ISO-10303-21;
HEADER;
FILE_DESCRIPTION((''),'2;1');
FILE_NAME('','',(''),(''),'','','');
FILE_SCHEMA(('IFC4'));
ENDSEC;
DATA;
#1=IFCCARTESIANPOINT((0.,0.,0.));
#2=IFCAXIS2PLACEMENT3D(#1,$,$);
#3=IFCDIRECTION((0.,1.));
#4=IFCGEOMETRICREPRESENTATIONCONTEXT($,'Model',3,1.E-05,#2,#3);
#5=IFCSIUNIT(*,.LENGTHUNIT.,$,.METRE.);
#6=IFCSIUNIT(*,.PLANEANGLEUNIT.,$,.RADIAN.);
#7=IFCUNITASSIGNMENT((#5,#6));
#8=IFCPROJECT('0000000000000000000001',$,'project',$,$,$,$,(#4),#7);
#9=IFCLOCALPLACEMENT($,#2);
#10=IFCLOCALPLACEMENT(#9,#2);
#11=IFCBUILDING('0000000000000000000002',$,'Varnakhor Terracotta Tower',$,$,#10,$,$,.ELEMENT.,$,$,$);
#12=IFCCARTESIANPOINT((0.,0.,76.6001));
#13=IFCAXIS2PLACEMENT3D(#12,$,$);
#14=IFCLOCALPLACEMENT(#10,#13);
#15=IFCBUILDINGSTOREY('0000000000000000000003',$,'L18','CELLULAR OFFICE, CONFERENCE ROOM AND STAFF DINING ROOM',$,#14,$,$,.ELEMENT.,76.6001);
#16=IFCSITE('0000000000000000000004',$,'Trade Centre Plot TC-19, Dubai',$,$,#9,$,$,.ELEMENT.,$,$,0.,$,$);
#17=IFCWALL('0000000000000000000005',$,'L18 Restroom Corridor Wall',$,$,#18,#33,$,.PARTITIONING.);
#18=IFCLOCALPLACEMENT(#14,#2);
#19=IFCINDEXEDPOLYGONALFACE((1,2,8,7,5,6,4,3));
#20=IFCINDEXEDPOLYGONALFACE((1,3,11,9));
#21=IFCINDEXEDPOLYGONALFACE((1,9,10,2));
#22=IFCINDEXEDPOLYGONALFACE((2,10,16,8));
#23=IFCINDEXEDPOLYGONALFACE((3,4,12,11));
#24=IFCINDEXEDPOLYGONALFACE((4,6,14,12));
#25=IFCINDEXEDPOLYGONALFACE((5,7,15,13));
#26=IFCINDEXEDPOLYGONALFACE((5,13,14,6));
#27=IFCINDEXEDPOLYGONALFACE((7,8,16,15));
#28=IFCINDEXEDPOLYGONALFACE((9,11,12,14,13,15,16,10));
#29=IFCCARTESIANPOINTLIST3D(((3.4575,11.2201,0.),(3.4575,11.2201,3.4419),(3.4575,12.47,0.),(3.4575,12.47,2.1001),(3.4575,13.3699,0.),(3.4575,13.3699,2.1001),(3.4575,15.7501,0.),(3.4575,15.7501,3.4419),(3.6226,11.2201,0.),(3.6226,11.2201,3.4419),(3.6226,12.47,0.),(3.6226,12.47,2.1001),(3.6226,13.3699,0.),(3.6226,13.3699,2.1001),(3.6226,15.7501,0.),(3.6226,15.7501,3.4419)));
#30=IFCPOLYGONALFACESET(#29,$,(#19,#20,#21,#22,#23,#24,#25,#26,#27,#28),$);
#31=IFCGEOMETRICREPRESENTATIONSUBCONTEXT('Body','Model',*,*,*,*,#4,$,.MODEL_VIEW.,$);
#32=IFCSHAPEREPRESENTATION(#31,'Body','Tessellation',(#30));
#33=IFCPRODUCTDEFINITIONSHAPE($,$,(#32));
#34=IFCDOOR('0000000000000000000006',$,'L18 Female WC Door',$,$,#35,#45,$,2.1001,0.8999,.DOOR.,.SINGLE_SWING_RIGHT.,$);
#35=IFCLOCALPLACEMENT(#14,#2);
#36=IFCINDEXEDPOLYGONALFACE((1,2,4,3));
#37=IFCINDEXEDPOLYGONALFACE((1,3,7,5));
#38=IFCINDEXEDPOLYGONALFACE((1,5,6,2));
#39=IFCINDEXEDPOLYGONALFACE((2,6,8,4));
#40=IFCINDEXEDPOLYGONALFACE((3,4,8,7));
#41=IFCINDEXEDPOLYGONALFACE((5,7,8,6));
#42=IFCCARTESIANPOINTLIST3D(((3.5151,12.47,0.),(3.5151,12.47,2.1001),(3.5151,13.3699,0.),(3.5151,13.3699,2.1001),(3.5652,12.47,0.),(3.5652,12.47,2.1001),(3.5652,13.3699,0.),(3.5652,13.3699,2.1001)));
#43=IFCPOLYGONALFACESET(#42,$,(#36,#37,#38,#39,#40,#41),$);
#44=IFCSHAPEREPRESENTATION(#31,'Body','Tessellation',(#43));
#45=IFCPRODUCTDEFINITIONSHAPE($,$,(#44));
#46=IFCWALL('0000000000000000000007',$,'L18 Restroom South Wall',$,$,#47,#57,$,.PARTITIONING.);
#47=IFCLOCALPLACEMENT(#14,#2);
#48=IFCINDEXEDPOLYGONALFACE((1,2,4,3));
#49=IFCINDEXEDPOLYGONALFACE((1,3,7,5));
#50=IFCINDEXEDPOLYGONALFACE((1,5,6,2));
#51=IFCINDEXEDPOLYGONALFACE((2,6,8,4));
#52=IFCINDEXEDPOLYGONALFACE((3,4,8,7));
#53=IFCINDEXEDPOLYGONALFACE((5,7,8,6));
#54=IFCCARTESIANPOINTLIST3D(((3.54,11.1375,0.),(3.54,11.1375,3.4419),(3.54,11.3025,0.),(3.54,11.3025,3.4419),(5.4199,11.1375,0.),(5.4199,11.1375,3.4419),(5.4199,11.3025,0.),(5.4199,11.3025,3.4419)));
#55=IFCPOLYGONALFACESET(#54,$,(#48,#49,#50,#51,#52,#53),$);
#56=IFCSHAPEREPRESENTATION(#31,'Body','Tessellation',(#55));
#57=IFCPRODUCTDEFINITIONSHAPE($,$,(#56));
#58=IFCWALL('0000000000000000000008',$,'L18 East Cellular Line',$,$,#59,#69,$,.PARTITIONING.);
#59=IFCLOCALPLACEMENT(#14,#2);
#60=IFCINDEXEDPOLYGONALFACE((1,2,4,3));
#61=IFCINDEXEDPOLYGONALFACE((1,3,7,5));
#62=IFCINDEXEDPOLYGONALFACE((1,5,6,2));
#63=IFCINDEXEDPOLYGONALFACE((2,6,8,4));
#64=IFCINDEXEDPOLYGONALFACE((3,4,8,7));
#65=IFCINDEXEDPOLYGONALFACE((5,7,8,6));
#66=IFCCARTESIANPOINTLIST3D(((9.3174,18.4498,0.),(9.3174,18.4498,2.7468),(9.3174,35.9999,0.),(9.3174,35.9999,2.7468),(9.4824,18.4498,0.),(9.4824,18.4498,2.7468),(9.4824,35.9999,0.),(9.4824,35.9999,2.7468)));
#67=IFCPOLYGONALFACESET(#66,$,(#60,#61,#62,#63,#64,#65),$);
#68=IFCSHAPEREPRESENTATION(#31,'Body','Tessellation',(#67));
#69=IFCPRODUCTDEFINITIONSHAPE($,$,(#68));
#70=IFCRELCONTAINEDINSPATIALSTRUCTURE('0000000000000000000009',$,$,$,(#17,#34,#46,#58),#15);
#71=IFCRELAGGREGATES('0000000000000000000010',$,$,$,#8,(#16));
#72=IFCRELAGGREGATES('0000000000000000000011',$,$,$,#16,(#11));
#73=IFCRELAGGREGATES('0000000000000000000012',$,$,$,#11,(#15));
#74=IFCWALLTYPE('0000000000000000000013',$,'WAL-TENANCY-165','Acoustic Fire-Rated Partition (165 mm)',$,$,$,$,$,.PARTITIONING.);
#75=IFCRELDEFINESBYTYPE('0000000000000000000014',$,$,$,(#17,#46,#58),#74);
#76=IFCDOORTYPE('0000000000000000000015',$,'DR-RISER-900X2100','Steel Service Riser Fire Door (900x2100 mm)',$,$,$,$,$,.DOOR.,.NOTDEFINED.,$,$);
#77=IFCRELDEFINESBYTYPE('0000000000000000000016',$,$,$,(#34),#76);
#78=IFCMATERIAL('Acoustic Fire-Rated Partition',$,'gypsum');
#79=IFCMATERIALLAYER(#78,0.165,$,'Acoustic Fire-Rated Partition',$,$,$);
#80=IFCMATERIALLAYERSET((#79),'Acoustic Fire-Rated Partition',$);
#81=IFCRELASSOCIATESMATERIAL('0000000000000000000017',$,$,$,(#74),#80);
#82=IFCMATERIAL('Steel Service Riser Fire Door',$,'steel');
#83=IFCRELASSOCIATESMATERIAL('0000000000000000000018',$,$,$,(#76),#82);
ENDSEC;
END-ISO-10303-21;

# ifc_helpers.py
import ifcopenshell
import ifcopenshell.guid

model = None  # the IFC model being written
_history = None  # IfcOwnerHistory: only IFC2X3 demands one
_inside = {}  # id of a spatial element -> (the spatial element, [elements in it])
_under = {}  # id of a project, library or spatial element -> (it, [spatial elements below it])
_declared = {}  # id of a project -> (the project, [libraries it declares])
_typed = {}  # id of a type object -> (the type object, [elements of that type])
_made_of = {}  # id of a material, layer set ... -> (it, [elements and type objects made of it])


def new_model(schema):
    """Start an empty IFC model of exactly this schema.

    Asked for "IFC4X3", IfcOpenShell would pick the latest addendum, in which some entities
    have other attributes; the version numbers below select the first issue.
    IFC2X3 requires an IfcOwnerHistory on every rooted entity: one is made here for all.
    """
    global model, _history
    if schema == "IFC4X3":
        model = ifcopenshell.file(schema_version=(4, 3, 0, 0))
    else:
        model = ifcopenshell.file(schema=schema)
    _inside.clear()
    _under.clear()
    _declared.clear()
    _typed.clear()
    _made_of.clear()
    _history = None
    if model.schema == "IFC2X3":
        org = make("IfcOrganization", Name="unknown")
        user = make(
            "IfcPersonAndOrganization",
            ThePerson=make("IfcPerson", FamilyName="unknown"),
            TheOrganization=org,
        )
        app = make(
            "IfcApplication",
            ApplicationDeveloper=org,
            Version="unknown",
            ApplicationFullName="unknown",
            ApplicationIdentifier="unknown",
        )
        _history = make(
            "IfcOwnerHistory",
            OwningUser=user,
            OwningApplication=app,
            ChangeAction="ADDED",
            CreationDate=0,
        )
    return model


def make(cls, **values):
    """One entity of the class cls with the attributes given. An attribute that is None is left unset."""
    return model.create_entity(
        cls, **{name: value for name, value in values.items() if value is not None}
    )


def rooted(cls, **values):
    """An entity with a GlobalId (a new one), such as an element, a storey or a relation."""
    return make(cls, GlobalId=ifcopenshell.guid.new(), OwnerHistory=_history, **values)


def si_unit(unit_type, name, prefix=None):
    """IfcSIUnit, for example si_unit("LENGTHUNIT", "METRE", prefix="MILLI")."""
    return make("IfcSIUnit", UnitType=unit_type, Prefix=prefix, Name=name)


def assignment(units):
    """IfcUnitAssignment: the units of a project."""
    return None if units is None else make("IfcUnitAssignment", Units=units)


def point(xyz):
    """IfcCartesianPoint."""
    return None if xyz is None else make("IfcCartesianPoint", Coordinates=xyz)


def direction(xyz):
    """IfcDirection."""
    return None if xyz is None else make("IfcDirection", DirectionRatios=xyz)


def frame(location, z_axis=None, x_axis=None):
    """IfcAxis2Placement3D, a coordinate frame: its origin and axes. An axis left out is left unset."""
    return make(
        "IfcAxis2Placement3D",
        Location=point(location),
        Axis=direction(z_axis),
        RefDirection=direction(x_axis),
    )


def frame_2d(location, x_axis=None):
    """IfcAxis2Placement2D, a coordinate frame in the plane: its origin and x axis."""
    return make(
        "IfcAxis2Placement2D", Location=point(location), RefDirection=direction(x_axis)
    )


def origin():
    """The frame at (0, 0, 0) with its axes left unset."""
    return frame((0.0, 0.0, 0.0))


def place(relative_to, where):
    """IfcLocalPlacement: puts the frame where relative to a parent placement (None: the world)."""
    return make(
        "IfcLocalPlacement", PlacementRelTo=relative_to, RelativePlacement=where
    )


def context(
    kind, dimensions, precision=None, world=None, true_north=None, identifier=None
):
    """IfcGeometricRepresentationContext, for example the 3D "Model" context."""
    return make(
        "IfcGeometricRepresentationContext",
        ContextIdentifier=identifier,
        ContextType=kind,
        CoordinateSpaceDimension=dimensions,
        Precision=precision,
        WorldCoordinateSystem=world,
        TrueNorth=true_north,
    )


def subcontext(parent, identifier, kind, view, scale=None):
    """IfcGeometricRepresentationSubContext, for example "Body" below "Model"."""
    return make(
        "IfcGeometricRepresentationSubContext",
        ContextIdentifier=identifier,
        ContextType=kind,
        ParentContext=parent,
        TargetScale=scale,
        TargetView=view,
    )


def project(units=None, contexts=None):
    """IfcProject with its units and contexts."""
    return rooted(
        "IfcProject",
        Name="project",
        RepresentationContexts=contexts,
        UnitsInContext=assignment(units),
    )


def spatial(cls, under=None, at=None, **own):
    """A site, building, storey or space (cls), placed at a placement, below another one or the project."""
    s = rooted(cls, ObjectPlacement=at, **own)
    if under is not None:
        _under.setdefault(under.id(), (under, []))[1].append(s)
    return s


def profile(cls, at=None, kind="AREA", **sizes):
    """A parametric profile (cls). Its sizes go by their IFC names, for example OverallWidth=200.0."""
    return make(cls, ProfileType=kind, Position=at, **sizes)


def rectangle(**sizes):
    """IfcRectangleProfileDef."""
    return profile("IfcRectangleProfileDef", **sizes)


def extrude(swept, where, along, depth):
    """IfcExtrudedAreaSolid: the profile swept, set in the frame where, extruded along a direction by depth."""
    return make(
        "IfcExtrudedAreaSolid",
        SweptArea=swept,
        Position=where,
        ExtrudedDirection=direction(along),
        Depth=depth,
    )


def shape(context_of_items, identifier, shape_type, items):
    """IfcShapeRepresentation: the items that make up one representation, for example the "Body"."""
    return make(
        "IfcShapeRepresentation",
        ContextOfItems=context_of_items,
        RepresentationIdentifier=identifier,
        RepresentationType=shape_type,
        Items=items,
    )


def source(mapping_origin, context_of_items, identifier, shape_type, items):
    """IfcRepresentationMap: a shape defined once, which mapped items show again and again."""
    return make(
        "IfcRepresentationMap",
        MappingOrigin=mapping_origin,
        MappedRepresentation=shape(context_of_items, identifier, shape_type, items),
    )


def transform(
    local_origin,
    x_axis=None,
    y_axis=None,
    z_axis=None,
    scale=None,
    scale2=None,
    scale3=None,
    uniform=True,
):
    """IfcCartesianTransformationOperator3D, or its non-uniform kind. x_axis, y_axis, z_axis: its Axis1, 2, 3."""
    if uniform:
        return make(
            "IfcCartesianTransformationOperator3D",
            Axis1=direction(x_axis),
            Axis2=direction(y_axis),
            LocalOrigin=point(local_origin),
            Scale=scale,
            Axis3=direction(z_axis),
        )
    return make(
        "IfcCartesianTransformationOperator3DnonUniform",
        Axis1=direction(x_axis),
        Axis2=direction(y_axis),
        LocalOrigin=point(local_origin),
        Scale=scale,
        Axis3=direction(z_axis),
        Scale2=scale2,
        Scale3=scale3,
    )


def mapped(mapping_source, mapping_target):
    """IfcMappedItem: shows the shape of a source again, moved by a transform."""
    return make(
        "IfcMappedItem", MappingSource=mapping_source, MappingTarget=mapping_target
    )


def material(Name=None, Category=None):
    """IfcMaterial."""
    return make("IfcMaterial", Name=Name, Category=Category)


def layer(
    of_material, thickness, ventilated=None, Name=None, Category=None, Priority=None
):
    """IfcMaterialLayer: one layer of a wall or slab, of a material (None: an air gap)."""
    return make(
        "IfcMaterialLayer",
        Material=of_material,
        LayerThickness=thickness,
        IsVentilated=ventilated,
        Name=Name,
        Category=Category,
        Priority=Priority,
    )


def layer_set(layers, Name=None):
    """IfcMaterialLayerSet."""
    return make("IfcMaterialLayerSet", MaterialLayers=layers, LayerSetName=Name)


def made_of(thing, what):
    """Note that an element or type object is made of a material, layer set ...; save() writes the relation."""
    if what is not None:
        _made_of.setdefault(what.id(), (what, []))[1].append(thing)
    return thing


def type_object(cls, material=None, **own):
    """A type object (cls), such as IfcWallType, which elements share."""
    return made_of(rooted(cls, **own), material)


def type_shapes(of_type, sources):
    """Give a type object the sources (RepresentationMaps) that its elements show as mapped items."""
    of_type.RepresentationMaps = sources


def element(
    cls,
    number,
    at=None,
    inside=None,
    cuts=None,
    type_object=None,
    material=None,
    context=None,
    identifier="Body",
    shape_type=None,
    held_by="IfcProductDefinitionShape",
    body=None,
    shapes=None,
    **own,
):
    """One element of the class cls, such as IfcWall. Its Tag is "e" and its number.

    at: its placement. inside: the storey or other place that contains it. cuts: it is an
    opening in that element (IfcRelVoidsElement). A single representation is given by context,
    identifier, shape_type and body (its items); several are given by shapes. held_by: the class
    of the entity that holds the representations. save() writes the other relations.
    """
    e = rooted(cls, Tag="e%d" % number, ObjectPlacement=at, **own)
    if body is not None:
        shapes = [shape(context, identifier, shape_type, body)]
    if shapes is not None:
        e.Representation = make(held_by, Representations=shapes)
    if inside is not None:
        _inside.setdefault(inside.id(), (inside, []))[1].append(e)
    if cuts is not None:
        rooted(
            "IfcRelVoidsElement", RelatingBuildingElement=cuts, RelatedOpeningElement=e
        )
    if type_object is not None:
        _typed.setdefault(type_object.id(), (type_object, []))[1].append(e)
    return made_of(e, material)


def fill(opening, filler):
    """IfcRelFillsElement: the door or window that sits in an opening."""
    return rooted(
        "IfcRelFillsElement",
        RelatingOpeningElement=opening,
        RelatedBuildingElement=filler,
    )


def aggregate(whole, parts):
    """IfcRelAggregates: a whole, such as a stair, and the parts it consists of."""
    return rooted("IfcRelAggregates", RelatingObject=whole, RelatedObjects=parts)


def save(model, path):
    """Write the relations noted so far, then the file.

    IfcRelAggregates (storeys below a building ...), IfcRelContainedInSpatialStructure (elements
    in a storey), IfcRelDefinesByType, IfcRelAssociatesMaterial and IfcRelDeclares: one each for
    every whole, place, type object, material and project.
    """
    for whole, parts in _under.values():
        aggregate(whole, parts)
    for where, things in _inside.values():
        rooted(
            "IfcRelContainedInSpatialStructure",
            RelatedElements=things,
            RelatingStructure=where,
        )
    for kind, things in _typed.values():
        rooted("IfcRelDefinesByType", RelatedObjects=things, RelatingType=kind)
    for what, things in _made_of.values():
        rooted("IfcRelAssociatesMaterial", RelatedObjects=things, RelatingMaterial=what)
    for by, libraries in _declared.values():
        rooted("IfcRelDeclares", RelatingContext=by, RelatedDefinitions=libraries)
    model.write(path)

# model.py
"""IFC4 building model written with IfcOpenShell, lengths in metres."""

from ifc_helpers import new_model, si_unit, direction, frame, frame_2d, origin, place, context, subcontext, project, spatial, rectangle, extrude, source, transform, mapped, material, layer, layer_set, type_object, type_shapes, element, fill, save


model = new_model("IFC4")

# Units and contexts
model_context = context("Model", 3, precision=1e-05, world=origin(), true_north=direction((0.0, 1.0)))
body_context = subcontext(model_context, "Body", "Model", "MODEL_VIEW")
ifc_project = project(units=[si_unit("LENGTHUNIT", "METRE"), si_unit("PLANEANGLEUNIT", "RADIAN")], contexts=[model_context])

# Site, building, storey
site_placement = place(None, origin())
site = spatial("IfcSite", under=ifc_project, at=site_placement, Name="Trade Centre Plot TC-19, Dubai", CompositionType="ELEMENT", RefElevation=0.0)
building_placement = place(site_placement, origin())
building = spatial("IfcBuilding", under=site, at=building_placement, Name="Varnakhor Terracotta Tower", CompositionType="ELEMENT")
storey_placement = place(building_placement, frame((0.0, 0.0, 76.6001)))
storey = spatial("IfcBuildingStorey", under=building, at=storey_placement, Name="L18", Description="CELLULAR OFFICE, CONFERENCE ROOM AND STAFF DINING ROOM", CompositionType="ELEMENT", Elevation=76.6001)

# Wall, opening, door
ifc_material_1 = material(Name="Acoustic Fire-Rated Partition", Category="gypsum")
ifc_layer_1 = layer(ifc_material_1, 0.165, Name="Acoustic Fire-Rated Partition")
ifc_layer_set_1 = layer_set([ifc_layer_1], Name="Acoustic Fire-Rated Partition")
wall_type_1 = type_object("IfcWallType", Name="WAL-TENANCY-165", Description="Acoustic Fire-Rated Partition (165 mm)", PredefinedType="PARTITIONING", material=ifc_layer_set_1)
ifc_material_2 = material(Name="Steel Service Riser Fire Door", Category="steel")
door_type_1 = type_object("IfcDoorType", Name="DR-RISER-900X2100", Description="Steel Service Riser Fire Door (900x2100 mm)", OperationType="NOTDEFINED", PredefinedType="DOOR", material=ifc_material_2)
shared_shape_1 = source(origin(), body_context, "Body", "SweptSolid", [
    extrude(rectangle(XDim=0.8999, YDim=2.1001, at=frame_2d((0.45, 1.05))), frame((0.0, 0.0249, 0.0), z_axis=(0.0, -1.0, 0.0), x_axis=(1.0, 0.0, 0.0)), (0.0, 0.0, 1.0), 0.05),
])
type_shapes(door_type_1, [shared_shape_1])
wall_1_placement = place(storey_placement, frame((3.54, 11.22, 0.0), z_axis=(0.0, 0.0, 1.0), x_axis=(0.0, 1.0, 0.0)))
wall_1 = element("IfcWall", 1, at=wall_1_placement, inside=storey, type_object=wall_type_1, Name="L18 Restroom Corridor Wall", PredefinedType="PARTITIONING", context=body_context, shape_type="SweptSolid", body=[
    extrude(rectangle(XDim=4.53, YDim=0.165, at=frame_2d((2.2651, 0.0))), origin(), (0.0, 0.0, 1.0), 3.4419),
])
opening_1_placement = place(wall_1_placement, frame((1.25, 0.0, 0.0)))
opening_1 = element("IfcOpeningElement", 2, at=opening_1_placement, cuts=wall_1, PredefinedType="OPENING", context=body_context, shape_type="SweptSolid", body=[
    extrude(rectangle(XDim=0.8999, YDim=2.1001, at=frame_2d((0.45, 1.05))), frame((0.0, 0.0925, 0.0), z_axis=(0.0, -1.0, 0.0), x_axis=(1.0, 0.0, 0.0)), (0.0, 0.0, 1.0), 0.1851),
])
door_1_placement = place(opening_1_placement, origin())
door_1 = element("IfcDoor", 3, at=door_1_placement, inside=storey, type_object=door_type_1, Name="L18 Female WC Door", OperationType="SINGLE_SWING_RIGHT", OverallHeight=2.1001, OverallWidth=0.8999, PredefinedType="DOOR", context=body_context, shape_type="MappedRepresentation", body=[
    mapped(shared_shape_1, transform((0.0, 0.0, 0.0), scale=1.0)),
])
fill(opening_1, door_1)

# Walls
wall_2_placement = place(storey_placement, frame((3.54, 11.22, 0.0), z_axis=(0.0, 0.0, 1.0), x_axis=(1.0, 0.0, 0.0)))
element("IfcWall", 4, at=wall_2_placement, inside=storey, type_object=wall_type_1, Name="L18 Restroom South Wall", PredefinedType="PARTITIONING", context=body_context, shape_type="SweptSolid", body=[
    extrude(rectangle(XDim=1.8799, YDim=0.165, at=frame_2d((0.9399, 0.0))), origin(), (0.0, 0.0, 1.0), 3.4419),
])
wall_3_placement = place(storey_placement, frame((9.3999, 18.45, 0.0), z_axis=(0.0, 0.0, 1.0), x_axis=(0.0, 1.0, 0.0)))
element("IfcWall", 5, at=wall_3_placement, inside=storey, type_object=wall_type_1, Name="L18 East Cellular Line", PredefinedType="PARTITIONING", context=body_context, shape_type="SweptSolid", body=[
    extrude(rectangle(XDim=17.55, YDim=0.165, at=frame_2d((8.7749, 0.0))), origin(), (0.0, 0.0, 1.0), 2.7468),
])

save(model, "model.ifc")
